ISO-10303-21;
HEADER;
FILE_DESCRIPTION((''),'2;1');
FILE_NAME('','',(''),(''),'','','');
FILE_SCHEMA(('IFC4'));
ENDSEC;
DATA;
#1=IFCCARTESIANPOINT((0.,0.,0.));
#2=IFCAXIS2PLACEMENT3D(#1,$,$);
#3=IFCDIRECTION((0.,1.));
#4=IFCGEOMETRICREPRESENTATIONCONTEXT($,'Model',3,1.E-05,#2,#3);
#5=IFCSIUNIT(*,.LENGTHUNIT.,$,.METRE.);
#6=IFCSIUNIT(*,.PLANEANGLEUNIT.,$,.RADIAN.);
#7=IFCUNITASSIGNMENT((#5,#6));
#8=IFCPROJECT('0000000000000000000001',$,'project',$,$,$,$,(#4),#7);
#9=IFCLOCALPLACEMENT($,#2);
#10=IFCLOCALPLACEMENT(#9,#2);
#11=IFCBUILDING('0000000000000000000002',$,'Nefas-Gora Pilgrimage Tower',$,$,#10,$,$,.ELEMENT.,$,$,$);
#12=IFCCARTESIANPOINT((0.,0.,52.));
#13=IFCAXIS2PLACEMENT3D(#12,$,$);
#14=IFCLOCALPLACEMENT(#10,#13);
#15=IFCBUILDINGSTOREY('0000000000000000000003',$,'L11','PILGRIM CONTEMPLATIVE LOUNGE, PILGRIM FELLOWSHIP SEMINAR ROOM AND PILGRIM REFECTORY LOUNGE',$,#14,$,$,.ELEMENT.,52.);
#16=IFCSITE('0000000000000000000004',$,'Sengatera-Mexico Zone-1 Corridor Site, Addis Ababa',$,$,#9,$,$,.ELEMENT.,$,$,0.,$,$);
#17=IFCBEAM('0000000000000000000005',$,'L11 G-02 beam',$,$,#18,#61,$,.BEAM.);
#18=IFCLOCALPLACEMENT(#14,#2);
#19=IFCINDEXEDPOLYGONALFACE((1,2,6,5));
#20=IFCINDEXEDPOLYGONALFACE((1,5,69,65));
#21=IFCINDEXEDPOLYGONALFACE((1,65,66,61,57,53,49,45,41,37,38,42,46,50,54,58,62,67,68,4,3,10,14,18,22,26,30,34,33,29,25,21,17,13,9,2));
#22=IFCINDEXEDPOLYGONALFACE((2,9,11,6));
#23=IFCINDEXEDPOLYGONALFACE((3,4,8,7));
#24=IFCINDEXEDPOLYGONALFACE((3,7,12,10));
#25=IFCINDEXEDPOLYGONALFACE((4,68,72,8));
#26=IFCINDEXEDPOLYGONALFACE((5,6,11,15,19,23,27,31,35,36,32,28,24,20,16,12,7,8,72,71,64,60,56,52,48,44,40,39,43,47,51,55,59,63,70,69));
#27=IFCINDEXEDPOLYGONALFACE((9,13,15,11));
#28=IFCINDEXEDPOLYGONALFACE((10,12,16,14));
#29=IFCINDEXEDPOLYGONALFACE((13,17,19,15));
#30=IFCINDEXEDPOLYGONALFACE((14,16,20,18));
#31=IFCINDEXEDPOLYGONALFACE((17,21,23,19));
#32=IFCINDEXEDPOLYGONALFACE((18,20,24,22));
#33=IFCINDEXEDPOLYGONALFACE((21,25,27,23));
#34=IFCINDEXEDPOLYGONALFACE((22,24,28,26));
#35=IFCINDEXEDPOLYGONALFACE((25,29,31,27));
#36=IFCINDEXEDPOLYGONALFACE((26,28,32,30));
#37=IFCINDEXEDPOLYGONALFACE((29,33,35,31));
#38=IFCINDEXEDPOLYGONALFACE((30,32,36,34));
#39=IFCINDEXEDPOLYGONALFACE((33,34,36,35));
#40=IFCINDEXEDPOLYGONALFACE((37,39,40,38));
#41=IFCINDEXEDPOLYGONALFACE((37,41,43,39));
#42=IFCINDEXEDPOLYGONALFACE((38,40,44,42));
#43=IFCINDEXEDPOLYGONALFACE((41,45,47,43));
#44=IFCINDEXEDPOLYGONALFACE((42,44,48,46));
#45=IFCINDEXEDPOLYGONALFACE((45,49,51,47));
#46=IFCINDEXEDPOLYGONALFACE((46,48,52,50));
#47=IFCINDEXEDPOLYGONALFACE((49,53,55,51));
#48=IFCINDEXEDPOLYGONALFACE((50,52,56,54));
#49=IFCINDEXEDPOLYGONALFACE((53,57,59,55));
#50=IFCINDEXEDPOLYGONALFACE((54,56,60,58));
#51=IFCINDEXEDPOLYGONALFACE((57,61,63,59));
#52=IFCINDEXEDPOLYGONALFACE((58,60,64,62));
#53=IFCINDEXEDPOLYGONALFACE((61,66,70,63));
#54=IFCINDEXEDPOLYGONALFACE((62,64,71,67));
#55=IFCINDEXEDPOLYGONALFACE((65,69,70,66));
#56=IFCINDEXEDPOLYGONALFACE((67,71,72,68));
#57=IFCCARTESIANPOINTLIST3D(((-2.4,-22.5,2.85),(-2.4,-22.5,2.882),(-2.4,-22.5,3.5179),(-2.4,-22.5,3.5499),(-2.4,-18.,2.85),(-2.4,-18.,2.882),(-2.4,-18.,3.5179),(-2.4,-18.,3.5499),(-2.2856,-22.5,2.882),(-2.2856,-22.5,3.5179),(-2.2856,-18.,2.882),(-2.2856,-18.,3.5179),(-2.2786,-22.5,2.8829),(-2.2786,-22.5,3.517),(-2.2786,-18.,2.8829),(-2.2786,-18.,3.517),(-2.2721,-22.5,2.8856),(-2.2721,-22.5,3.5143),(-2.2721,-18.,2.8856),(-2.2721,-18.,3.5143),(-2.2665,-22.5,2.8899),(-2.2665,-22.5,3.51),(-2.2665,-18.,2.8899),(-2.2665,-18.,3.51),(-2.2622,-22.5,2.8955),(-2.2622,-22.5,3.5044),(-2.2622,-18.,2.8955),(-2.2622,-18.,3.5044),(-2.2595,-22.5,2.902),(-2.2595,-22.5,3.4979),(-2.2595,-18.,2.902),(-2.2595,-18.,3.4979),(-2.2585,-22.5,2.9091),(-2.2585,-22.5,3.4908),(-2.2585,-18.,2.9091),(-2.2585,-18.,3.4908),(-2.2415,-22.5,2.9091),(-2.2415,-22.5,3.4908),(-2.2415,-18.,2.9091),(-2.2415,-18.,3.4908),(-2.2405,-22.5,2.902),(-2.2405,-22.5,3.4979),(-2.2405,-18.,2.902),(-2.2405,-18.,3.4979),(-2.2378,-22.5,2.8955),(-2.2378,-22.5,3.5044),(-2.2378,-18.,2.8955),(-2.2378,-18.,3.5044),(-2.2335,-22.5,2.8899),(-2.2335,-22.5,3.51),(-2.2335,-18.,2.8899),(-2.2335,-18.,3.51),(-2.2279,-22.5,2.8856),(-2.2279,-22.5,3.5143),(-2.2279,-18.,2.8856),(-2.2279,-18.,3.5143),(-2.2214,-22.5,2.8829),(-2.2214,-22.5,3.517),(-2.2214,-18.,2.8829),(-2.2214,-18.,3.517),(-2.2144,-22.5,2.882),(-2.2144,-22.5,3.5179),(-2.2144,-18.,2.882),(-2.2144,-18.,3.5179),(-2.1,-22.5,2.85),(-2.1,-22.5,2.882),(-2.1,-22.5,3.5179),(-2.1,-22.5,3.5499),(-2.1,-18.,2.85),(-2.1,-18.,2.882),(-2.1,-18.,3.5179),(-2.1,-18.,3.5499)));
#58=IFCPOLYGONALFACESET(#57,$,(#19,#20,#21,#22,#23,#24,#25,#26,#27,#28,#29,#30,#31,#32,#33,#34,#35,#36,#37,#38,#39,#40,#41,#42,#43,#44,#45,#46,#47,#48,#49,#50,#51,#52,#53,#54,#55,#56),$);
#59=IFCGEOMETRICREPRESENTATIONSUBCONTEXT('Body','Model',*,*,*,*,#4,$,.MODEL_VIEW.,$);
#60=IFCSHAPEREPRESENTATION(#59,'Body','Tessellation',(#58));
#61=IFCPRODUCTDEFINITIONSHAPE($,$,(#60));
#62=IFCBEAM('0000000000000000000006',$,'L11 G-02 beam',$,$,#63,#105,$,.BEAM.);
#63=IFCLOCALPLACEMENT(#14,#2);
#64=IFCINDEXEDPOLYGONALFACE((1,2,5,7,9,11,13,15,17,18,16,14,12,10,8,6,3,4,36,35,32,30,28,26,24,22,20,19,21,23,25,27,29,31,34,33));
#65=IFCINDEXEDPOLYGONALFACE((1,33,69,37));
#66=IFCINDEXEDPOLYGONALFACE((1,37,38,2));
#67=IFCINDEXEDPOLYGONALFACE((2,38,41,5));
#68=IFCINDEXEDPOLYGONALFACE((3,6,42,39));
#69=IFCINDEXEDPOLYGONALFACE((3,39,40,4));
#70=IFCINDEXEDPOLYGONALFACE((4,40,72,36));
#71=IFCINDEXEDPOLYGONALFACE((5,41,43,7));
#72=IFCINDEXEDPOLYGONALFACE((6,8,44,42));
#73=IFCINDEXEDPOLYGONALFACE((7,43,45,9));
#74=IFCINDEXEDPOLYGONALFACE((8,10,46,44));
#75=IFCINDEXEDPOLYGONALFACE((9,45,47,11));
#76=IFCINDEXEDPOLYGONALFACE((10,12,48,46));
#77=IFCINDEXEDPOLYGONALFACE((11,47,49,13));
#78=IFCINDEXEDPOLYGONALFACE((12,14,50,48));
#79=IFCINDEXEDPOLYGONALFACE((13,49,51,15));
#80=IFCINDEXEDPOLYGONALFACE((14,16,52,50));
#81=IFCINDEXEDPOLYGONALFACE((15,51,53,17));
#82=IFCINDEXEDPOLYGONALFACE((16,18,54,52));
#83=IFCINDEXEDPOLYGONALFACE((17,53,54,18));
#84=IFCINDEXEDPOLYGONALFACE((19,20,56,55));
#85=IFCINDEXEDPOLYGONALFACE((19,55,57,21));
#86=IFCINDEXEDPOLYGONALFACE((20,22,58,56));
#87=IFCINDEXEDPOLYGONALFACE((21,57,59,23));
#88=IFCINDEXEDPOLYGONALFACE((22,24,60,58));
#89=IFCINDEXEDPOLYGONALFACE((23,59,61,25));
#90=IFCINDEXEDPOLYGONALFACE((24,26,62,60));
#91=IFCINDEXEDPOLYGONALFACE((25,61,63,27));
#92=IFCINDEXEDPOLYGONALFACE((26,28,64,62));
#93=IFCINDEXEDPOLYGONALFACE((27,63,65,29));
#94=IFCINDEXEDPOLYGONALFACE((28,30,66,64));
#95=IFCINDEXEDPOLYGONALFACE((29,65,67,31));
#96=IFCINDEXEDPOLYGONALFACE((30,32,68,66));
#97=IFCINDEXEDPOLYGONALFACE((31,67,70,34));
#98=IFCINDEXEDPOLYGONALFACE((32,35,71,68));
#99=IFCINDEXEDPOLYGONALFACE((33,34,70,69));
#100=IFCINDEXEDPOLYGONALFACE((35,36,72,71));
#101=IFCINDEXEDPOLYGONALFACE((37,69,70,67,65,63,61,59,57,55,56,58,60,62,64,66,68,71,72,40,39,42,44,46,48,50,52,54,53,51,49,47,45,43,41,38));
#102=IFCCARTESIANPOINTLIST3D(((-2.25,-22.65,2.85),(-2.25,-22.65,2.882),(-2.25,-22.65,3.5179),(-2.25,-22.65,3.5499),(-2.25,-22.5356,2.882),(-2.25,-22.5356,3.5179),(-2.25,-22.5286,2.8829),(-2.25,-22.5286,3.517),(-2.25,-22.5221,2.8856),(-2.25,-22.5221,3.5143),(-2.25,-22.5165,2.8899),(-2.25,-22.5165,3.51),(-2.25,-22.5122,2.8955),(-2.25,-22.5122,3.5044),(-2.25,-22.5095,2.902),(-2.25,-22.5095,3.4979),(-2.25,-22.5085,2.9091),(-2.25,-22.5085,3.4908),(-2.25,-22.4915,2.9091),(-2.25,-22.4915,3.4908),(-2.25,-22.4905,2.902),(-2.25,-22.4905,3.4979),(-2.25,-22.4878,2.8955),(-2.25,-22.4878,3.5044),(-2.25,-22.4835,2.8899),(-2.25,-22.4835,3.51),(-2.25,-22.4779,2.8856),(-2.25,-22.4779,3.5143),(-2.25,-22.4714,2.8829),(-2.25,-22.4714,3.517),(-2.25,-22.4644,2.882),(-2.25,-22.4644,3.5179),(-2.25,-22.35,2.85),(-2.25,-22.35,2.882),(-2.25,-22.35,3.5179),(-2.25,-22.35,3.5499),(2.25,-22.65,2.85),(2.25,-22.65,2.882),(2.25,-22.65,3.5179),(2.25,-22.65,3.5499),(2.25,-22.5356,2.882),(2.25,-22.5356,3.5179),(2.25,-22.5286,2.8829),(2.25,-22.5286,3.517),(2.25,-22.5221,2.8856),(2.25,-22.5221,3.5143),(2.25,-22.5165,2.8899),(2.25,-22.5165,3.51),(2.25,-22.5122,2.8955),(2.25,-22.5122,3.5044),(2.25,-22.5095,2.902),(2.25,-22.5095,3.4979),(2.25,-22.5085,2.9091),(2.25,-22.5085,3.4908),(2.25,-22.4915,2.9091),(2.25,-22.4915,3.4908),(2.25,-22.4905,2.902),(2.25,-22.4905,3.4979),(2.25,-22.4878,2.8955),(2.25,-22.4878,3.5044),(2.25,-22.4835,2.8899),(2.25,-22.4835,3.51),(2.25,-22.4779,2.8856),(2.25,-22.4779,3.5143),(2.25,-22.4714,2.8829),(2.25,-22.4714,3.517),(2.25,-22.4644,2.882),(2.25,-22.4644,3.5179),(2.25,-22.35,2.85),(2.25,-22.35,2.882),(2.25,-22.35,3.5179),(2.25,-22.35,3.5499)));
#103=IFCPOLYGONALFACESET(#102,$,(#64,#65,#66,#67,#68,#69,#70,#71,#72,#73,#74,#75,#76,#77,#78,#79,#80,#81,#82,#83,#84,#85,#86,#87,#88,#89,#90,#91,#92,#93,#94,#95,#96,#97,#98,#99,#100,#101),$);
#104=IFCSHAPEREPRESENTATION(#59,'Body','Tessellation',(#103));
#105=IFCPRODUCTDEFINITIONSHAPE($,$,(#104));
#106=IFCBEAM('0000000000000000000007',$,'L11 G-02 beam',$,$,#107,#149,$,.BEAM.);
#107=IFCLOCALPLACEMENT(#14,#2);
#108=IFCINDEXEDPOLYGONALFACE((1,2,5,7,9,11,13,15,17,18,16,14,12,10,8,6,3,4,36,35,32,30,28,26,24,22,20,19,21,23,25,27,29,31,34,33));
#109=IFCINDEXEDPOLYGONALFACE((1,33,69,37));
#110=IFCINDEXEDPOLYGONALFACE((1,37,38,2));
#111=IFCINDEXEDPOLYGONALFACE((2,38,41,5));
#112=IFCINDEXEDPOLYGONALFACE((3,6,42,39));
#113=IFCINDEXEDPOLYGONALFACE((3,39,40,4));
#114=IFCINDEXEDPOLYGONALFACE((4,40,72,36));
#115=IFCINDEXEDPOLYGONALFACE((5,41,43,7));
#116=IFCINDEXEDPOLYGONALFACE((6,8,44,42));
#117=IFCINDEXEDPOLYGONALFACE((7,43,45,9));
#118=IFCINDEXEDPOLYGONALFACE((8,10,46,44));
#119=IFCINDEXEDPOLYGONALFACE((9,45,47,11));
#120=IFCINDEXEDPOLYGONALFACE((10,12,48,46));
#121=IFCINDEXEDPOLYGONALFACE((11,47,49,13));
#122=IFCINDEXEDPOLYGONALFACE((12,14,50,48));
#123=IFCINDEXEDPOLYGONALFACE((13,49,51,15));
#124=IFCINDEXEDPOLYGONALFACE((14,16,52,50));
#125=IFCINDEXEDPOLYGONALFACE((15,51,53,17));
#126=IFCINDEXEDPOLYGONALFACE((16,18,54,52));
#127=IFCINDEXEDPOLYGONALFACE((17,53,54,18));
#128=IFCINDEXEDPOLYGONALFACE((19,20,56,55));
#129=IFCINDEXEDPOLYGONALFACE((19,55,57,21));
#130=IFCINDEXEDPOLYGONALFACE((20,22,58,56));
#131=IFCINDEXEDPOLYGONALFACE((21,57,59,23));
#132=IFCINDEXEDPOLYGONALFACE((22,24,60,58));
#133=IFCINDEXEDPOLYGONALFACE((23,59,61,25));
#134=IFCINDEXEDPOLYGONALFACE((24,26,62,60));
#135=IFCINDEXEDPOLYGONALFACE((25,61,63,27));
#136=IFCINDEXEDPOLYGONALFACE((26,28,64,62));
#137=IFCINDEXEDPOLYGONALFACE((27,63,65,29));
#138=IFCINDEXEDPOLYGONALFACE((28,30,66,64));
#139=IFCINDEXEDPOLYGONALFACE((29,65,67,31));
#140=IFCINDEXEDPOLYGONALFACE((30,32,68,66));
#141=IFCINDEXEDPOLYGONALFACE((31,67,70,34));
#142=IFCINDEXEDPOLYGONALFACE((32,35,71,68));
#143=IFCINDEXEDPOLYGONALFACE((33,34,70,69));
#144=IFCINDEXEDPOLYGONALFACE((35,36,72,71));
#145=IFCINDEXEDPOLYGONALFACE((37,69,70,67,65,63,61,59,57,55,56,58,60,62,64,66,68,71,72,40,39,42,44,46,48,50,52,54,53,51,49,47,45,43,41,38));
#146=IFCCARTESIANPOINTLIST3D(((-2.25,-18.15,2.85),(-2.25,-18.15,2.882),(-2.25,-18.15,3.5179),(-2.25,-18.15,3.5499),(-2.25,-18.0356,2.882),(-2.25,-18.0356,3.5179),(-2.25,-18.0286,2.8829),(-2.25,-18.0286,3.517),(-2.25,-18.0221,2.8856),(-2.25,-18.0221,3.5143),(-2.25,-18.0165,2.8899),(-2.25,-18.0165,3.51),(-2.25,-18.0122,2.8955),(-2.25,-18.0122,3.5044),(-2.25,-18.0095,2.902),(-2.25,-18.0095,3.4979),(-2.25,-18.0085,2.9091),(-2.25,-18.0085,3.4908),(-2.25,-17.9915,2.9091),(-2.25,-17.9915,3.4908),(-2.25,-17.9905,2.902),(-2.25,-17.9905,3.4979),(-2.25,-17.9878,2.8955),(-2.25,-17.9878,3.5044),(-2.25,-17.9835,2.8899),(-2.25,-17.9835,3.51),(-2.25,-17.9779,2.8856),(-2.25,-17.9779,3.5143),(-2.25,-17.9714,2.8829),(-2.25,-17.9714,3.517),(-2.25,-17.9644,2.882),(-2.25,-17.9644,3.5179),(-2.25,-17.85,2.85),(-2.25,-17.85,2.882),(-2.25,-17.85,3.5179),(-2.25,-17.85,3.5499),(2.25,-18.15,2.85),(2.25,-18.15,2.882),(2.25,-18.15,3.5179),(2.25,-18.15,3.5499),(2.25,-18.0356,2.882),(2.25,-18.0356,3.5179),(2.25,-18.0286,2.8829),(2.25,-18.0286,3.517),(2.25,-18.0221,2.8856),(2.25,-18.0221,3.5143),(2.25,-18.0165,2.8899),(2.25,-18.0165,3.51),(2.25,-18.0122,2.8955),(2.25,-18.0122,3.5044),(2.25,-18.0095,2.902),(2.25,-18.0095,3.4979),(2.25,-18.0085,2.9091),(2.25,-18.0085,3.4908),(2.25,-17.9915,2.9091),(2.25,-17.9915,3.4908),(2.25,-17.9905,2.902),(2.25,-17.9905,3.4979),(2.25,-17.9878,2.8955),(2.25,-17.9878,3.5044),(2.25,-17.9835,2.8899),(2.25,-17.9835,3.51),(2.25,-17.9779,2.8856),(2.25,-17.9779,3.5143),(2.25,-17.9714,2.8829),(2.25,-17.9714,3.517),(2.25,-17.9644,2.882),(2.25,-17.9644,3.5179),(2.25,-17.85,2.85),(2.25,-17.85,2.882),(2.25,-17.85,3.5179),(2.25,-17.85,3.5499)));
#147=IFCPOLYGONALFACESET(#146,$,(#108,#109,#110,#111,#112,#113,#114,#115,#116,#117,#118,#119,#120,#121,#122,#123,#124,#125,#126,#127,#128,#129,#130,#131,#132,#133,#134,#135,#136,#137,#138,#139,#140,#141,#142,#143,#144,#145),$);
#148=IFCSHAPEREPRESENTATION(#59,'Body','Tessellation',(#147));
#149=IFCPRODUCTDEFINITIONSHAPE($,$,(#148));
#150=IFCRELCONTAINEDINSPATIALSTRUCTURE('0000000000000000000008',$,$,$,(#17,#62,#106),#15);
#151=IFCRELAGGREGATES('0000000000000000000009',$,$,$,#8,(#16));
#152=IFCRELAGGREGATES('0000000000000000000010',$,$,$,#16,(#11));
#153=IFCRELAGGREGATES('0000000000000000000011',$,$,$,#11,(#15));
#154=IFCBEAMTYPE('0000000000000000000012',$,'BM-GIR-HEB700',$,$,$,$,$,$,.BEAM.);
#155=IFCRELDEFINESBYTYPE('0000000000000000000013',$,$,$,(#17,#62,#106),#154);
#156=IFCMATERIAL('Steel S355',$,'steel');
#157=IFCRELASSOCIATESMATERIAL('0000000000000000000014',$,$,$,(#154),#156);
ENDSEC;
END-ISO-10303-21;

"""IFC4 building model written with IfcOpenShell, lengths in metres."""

from ifc_helpers import new_model, si_unit, direction, frame, origin, origin_2d, place, context, subcontext, project, spatial, i_section, extrude, source, transform, mapped, material, material_profile, profile_set, type_object, element, save


model = new_model("IFC4")

# Units and contexts
model_context = context("Model", 3, precision=1e-05, world=origin(), true_north=direction((0.0, 1.0)))
body_context = subcontext(model_context, "Body", "Model", "MODEL_VIEW")
ifc_project = project(units=[si_unit("LENGTHUNIT", "METRE"), si_unit("PLANEANGLEUNIT", "RADIAN")], contexts=[model_context])

# Site, building, storey
site_placement = place(None, origin())
site = spatial("IfcSite", under=ifc_project, at=site_placement, Name="Sengatera-Mexico Zone-1 Corridor Site, Addis Ababa", CompositionType="ELEMENT", RefElevation=0.0)
building_placement = place(site_placement, origin())
building = spatial("IfcBuilding", under=site, at=building_placement, Name="Nefas-Gora Pilgrimage Tower", CompositionType="ELEMENT")
storey_placement = place(building_placement, frame((0.0, 0.0, 52.0)))
storey = spatial("IfcBuildingStorey", under=building, at=storey_placement, Name="L11", Description="PILGRIM CONTEMPLATIVE LOUNGE, PILGRIM FELLOWSHIP SEMINAR ROOM AND PILGRIM REFECTORY LOUNGE", CompositionType="ELEMENT", Elevation=52.0)

# Beams
ifc_material_1 = material(Name="Steel S355", Category="steel")
ifc_material_profile_1 = material_profile(ifc_material_1, i_section(OverallWidth=0.3, OverallDepth=0.7, WebThickness=0.0171, FlangeThickness=0.032, FilletRadius=0.0271, at=origin_2d()), Name="HEB 700")
ifc_profile_set_1 = profile_set([ifc_material_profile_1], Name="Steel S355")
beam_type = type_object("IfcBeamType", Name="BM-GIR-HEB700", PredefinedType="BEAM", material=ifc_profile_set_1)
shared_shape_1 = source(origin(), body_context, "Body", "SweptSolid", [
    extrude(i_section(OverallWidth=0.3, OverallDepth=0.7, WebThickness=0.0171, FlangeThickness=0.032, FilletRadius=0.0271, at=origin_2d()), origin(), (0.0, 0.0, 1.0), 4.5),
])
for number, where, z_axis, x_axis, name in (
    (1, (-2.25, -22.5, 3.2), (0.0, 1.0, 0.0), (-1.0, 0.0, 0.0), "L11 G-02 beam"),
    (2, (-2.25, -22.5, 3.2), (1.0, 0.0, 0.0), (0.0, 1.0, 0.0), "L11 G-02 beam"),
    (3, (-2.25, -18.0, 3.2), (1.0, 0.0, 0.0), (0.0, 1.0, 0.0), "L11 G-02 beam"),
):
    element("IfcBeam", number, at=place(storey_placement, frame(where, z_axis=z_axis, x_axis=x_axis)), inside=storey, type_object=beam_type, Name=name, PredefinedType="BEAM", context=body_context, shape_type="MappedRepresentation", body=[
        mapped(shared_shape_1, transform((0.0, 0.0, 0.0), x_axis=(1.0, 0.0, 0.0), y_axis=(0.0, 1.0, 0.0), z_axis=(0.0, 0.0, 1.0), scale=1.0)),
    ])

save(model, "model.ifc")
